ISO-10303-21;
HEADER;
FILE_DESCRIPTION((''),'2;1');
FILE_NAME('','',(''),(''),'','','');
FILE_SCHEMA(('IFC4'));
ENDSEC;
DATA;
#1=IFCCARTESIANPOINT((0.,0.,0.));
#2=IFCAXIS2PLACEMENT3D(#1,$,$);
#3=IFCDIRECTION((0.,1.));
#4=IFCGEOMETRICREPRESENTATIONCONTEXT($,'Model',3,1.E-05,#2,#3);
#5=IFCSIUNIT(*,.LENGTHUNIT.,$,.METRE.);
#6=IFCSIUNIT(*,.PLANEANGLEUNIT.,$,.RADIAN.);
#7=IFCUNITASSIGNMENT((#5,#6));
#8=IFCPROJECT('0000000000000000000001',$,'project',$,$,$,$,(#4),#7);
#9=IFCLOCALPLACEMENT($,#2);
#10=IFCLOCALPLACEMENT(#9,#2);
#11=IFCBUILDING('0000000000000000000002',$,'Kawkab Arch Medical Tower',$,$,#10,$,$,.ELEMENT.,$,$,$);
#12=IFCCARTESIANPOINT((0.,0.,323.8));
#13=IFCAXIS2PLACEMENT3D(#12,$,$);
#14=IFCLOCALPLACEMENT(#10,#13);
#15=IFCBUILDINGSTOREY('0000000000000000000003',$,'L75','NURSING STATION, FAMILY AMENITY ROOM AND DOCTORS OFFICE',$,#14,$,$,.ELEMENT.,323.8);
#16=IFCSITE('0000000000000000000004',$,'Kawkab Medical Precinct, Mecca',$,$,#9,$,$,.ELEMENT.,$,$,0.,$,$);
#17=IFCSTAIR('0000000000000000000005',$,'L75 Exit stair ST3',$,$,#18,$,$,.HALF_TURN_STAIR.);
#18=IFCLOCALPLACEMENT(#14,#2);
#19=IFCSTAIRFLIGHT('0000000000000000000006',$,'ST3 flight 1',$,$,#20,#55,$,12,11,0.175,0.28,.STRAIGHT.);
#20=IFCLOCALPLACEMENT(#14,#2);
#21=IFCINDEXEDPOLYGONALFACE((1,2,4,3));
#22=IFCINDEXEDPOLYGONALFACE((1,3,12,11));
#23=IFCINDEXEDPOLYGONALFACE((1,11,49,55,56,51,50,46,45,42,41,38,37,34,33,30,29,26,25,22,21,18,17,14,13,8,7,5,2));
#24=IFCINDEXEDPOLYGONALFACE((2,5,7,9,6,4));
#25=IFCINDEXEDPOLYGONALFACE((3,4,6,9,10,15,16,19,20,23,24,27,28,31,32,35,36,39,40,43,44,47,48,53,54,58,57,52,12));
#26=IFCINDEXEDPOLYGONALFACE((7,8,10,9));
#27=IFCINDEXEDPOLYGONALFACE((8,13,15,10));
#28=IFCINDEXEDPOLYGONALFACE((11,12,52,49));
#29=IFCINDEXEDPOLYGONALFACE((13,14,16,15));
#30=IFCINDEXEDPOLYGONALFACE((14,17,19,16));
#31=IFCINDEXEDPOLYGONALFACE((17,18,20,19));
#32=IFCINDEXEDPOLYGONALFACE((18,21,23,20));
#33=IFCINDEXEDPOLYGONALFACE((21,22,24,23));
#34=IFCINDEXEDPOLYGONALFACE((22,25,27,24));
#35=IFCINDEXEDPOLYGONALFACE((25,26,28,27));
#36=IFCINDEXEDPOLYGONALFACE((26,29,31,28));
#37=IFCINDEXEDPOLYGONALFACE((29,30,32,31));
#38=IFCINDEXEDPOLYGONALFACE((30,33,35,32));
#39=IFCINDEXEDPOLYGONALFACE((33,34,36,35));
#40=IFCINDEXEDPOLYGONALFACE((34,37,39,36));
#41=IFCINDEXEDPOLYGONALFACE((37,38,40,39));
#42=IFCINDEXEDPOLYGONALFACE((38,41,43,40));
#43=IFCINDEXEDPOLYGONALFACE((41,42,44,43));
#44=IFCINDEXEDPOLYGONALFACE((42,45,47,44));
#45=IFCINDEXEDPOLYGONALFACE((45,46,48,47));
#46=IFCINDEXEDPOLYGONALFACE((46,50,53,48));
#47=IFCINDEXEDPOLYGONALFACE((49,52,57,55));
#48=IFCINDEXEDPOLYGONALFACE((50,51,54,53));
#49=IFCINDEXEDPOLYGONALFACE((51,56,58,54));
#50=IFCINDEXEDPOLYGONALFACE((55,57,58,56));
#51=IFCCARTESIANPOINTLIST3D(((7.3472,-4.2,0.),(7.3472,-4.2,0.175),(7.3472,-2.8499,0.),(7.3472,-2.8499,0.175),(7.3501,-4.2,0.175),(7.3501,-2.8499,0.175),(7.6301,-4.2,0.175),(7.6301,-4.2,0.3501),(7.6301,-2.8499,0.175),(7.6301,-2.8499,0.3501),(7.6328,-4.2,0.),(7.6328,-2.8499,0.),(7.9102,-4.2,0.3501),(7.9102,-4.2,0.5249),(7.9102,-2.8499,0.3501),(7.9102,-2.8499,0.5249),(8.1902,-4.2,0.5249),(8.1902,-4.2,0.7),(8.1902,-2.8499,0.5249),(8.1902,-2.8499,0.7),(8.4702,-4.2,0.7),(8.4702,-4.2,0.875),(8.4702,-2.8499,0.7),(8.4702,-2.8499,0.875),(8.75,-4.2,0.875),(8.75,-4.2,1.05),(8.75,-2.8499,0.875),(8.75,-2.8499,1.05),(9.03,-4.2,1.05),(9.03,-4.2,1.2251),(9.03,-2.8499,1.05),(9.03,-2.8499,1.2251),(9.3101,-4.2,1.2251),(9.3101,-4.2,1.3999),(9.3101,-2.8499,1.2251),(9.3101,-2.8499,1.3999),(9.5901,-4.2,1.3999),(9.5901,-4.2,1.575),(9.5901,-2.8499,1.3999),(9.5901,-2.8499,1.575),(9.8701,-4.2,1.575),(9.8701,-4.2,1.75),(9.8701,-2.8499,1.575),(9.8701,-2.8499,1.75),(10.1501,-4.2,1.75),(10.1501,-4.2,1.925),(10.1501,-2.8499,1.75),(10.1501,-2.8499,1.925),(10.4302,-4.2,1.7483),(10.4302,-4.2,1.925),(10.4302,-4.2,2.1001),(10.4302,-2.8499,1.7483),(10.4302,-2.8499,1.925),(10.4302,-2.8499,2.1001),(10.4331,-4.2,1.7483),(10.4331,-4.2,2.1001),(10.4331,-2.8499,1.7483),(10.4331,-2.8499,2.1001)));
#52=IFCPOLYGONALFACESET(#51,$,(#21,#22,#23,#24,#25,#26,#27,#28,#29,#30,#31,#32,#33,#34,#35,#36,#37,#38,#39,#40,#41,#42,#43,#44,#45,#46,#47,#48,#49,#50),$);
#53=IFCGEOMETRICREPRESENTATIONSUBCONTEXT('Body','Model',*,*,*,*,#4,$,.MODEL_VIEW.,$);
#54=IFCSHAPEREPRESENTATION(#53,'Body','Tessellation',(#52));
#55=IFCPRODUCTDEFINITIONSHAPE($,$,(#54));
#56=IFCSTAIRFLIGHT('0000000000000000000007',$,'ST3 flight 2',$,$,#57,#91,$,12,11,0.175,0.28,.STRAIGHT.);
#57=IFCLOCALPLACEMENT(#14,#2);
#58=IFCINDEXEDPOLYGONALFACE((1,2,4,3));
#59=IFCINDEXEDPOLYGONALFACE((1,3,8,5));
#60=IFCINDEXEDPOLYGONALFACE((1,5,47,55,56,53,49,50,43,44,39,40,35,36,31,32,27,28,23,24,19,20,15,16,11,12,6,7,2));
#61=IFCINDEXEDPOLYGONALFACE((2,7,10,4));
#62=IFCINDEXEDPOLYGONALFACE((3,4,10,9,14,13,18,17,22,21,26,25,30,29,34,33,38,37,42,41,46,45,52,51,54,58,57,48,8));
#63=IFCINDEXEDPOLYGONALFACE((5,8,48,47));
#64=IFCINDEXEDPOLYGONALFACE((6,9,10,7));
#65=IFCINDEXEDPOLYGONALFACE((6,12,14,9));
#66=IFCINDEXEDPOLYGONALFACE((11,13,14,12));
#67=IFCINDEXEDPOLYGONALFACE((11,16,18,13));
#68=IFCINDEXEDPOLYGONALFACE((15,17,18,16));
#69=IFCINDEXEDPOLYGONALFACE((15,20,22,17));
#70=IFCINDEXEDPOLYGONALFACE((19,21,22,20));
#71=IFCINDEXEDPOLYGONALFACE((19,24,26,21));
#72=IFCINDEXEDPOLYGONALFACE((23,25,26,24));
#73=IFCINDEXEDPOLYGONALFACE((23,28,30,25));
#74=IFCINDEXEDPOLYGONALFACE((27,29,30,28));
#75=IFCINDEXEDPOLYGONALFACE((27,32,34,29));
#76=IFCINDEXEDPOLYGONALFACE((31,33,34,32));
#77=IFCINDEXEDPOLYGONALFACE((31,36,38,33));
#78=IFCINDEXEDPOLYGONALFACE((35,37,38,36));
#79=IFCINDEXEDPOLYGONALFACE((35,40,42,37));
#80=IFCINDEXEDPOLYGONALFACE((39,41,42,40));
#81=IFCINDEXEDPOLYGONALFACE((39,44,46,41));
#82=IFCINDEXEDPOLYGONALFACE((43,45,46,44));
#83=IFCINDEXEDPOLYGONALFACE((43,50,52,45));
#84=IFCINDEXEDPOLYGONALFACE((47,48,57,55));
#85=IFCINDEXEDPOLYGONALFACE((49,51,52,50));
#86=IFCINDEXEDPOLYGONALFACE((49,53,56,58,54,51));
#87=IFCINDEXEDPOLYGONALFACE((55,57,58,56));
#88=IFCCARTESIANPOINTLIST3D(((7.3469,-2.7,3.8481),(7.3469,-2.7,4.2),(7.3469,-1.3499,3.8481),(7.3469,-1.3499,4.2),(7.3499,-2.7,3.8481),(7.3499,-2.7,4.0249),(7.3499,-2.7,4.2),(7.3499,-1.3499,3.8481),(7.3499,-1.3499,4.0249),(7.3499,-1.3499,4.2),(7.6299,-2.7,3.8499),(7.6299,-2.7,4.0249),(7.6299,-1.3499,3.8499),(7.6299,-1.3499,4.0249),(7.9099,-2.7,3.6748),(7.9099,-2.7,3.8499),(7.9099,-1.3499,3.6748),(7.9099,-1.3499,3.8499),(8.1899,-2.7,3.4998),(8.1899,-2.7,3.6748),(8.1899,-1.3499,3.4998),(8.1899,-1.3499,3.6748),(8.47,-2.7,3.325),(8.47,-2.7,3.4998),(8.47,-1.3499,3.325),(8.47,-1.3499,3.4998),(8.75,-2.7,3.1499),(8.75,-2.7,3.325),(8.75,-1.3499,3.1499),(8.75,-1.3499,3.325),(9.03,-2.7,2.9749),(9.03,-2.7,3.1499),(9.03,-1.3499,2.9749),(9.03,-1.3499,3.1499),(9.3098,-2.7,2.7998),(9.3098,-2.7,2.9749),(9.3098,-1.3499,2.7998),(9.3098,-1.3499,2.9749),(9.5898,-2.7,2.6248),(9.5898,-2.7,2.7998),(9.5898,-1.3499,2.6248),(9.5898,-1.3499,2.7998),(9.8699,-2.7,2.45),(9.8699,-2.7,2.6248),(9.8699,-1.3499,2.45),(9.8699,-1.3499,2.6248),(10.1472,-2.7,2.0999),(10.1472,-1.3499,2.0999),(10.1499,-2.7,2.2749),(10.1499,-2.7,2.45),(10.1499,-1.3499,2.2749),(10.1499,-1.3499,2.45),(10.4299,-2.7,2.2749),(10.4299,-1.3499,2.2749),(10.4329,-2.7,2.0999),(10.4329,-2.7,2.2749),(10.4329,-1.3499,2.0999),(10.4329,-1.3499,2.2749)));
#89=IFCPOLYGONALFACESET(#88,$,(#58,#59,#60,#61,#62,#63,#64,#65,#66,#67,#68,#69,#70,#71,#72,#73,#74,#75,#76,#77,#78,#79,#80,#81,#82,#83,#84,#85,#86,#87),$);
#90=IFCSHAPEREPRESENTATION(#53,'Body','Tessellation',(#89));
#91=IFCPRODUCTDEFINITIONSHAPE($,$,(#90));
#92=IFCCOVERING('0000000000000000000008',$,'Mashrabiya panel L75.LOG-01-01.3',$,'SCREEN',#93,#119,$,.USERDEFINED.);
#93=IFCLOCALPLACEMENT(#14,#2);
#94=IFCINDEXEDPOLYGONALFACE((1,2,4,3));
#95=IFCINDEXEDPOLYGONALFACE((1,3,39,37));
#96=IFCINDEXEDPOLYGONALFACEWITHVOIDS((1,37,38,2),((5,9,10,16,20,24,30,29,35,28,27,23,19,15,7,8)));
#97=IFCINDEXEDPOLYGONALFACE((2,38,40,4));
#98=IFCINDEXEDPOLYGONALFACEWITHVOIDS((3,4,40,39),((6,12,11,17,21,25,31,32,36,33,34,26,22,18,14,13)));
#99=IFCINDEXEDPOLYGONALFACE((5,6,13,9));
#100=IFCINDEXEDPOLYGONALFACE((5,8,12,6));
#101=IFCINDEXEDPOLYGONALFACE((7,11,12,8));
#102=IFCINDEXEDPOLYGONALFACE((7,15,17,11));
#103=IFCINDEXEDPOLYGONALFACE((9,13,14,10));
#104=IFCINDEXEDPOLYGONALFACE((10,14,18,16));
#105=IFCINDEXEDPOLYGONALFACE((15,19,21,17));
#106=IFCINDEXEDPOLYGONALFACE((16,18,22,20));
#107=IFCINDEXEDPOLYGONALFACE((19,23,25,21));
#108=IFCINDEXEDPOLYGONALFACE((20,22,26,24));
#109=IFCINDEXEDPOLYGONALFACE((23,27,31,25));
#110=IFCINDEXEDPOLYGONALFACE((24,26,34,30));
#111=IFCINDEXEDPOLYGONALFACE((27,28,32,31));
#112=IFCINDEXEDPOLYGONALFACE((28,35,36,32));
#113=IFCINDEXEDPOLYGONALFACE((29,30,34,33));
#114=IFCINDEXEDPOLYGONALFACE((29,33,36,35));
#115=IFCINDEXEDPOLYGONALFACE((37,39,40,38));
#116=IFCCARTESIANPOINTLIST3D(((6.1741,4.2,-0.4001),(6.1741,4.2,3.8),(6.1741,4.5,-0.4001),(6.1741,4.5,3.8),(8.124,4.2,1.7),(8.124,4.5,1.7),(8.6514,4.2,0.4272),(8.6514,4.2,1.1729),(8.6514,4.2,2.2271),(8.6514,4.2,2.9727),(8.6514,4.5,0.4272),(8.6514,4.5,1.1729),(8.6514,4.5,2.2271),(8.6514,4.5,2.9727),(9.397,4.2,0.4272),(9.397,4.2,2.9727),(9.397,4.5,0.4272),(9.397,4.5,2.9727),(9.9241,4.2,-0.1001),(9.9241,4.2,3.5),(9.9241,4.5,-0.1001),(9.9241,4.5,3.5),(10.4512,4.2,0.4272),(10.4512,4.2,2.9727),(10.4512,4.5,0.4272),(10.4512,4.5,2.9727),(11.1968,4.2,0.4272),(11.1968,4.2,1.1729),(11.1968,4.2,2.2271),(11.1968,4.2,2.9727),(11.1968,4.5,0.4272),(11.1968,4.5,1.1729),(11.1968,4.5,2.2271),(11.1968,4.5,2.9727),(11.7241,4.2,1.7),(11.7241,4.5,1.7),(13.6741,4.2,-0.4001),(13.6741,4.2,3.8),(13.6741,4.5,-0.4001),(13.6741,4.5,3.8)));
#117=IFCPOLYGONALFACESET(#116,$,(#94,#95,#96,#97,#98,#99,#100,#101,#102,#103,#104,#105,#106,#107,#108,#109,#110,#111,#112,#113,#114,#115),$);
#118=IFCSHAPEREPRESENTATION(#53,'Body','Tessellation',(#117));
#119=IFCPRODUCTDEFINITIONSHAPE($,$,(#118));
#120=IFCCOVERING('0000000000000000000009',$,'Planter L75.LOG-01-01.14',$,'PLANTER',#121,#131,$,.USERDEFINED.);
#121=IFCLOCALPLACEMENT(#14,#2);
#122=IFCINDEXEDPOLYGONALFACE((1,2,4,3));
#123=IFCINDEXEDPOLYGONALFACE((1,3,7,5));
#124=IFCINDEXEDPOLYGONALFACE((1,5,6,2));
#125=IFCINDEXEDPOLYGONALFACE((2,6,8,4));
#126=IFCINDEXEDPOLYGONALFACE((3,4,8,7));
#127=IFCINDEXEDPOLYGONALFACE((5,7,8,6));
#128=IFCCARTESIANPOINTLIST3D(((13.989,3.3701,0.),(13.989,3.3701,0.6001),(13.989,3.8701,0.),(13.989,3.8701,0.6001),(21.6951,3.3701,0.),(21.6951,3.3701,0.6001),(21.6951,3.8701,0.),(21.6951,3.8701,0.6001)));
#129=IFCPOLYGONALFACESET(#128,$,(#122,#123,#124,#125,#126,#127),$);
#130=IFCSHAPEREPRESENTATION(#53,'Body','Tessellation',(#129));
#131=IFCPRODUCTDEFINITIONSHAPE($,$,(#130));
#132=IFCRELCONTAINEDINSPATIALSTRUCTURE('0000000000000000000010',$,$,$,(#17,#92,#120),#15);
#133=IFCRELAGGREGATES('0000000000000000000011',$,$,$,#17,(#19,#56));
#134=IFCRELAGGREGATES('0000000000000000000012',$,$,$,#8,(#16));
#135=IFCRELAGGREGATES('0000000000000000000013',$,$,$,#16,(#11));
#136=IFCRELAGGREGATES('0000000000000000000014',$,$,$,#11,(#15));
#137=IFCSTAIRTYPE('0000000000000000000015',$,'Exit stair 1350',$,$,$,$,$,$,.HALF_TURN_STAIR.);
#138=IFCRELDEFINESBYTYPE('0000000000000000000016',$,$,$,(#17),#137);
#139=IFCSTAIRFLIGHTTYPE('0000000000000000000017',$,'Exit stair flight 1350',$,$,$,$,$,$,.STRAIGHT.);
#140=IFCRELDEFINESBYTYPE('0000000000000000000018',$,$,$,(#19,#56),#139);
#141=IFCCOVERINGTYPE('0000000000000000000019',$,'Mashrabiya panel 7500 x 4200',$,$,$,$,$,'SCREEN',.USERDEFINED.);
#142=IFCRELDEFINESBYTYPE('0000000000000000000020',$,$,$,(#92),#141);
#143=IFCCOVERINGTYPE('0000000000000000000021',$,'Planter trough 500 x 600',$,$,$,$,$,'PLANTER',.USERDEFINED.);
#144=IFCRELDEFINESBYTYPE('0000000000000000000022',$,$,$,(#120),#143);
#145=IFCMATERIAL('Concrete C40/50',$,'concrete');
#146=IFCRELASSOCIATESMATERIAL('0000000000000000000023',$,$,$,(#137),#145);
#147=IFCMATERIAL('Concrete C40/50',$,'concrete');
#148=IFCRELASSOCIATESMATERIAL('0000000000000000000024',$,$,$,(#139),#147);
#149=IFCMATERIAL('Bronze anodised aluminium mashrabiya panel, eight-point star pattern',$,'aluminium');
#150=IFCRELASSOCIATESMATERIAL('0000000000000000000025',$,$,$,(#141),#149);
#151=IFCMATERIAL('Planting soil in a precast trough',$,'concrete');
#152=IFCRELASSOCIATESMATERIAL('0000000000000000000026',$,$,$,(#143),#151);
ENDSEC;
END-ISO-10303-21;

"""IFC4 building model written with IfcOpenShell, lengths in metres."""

from ifc_helpers import new_model, si_unit, direction, frame, origin, origin_2d, place, context, subcontext, project, spatial, polyline, rectangle, outline, extrude, material, material_profile, profile_set, type_object, element, aggregate, save


model = new_model("IFC4")

# Units and contexts
model_context = context("Model", 3, precision=1e-05, world=origin(), true_north=direction((0.0, 1.0)))
body_context = subcontext(model_context, "Body", "Model", "MODEL_VIEW")
ifc_project = project(units=[si_unit("LENGTHUNIT", "METRE"), si_unit("PLANEANGLEUNIT", "RADIAN")], contexts=[model_context])

# Site, building, storey
site_placement = place(None, origin())
site = spatial("IfcSite", under=ifc_project, at=site_placement, Name="Kawkab Medical Precinct, Mecca", CompositionType="ELEMENT", RefElevation=0.0)
building_placement = place(site_placement, origin())
building = spatial("IfcBuilding", under=site, at=building_placement, Name="Kawkab Arch Medical Tower", CompositionType="ELEMENT")
storey_placement = place(building_placement, frame((0.0, 0.0, 323.8)))
storey = spatial("IfcBuildingStorey", under=building, at=storey_placement, Name="L75", Description="NURSING STATION, FAMILY AMENITY ROOM AND DOCTORS OFFICE", CompositionType="ELEMENT", Elevation=323.8)

# Shared definitions
placement = place(storey_placement, origin())

# Stair, stair flights
ifc_material_1 = material(Name="Concrete C40/50", Category="concrete")
stair_type = type_object("IfcStairType", Name="Exit stair 1350", PredefinedType="HALF_TURN_STAIR", material=ifc_material_1)
stair = element("IfcStair", 1, at=placement, inside=storey, type_object=stair_type, Name="L75 Exit stair ST3", PredefinedType="HALF_TURN_STAIR")
ifc_material_2 = material(Name="Concrete C40/50", Category="concrete")
stair_flight_type = type_object("IfcStairFlightType", Name="Exit stair flight 1350", PredefinedType="STRAIGHT", material=ifc_material_2)
stair_flight_1_placement = place(storey_placement, frame((7.3501, -3.5249, 0.0), z_axis=(0.0, 0.0, 1.0), x_axis=(1.0, 0.0, 0.0)))
stair_flight_1 = element("IfcStairFlight", 2, at=stair_flight_1_placement, type_object=stair_flight_type, Name="ST3 flight 1", NumberOfRisers=12, NumberOfTreads=11, PredefinedType="STRAIGHT", RiserHeight=0.175, TreadLength=0.28, context=body_context, shape_type="SweptSolid", body=[
    extrude(outline(polyline([(-0.0029, 0.0), (-0.0029, 0.175), (0.0, 0.175), (0.28, 0.175), (0.28, 0.3501), (0.5601, 0.3501), (0.5601, 0.5249), (0.8401, 0.5249), (0.8401, 0.7), (1.1201, 0.7), (1.1201, 0.875), (1.3999, 0.875), (1.3999, 1.05), (1.6799, 1.05), (1.6799, 1.2251), (1.96, 1.2251), (1.96, 1.3999), (2.24, 1.3999), (2.24, 1.575), (2.52, 1.575), (2.52, 1.75), (2.8, 1.75), (2.8, 1.925), (3.0801, 1.925), (3.0801, 2.1001), (3.083, 2.1001), (3.083, 1.7483), (3.0801, 1.7483), (0.2827, 0.0), (-0.0029, 0.0)])), frame((0.0, 0.675, 0.0), z_axis=(0.0, -1.0, 0.0), x_axis=(1.0, 0.0, 0.0)), (0.0, 0.0, 1.0), 1.3501),
])
stair_flight_2_placement = place(storey_placement, frame((10.4299, -2.0249, 2.0999), z_axis=(0.0, 0.0, 1.0), x_axis=(-1.0, 0.0, 0.0)))
stair_flight_2 = element("IfcStairFlight", 3, at=stair_flight_2_placement, type_object=stair_flight_type, Name="ST3 flight 2", NumberOfRisers=12, NumberOfTreads=11, PredefinedType="STRAIGHT", RiserHeight=0.175, TreadLength=0.28, context=body_context, shape_type="SweptSolid", body=[
    extrude(outline(polyline([(-0.0029, 0.0), (-0.0029, 0.175), (0.0, 0.175), (0.28, 0.175), (0.28, 0.3501), (0.5601, 0.3501), (0.5601, 0.5249), (0.8401, 0.5249), (0.8401, 0.7), (1.1201, 0.7), (1.1201, 0.875), (1.3999, 0.875), (1.3999, 1.05), (1.6799, 1.05), (1.6799, 1.2251), (1.96, 1.2251), (1.96, 1.3999), (2.24, 1.3999), (2.24, 1.575), (2.52, 1.575), (2.52, 1.75), (2.8, 1.75), (2.8, 1.925), (3.0801, 1.925), (3.0801, 2.1001), (3.083, 2.1001), (3.083, 1.7483), (3.0801, 1.7483), (0.2827, 0.0), (-0.0029, 0.0)])), frame((0.0, 0.675, 0.0), z_axis=(0.0, -1.0, 0.0), x_axis=(1.0, 0.0, 0.0)), (0.0, 0.0, 1.0), 1.3501),
])
aggregate(stair, [stair_flight_1, stair_flight_2])

# Coverings
ifc_material_3 = material(Name="Bronze anodised aluminium mashrabiya panel, eight-point star pattern", Category="aluminium")
ifc_material_profile_1 = material_profile(ifc_material_3, outline(polyline([(-3.75, -2.1001), (3.75, -2.1001), (3.75, 2.1001), (-3.75, 2.1001), (-3.75, -2.1001)]), holes=[polyline([(1.8, 0.0), (1.2727, 0.5271), (1.2727, 1.2727), (0.5271, 1.2727), (0.0, 1.8), (-0.5271, 1.2727), (-1.2727, 1.2727), (-1.2727, 0.5271), (-1.8, 0.0), (-1.2727, -0.5271), (-1.2727, -1.2727), (-0.5271, -1.2727), (0.0, -1.8), (0.5271, -1.2727), (1.2727, -1.2727), (1.2727, -0.5271), (1.8, 0.0)])]), Name="Mashrabiya panel 7500x4200")
ifc_profile_set_1 = profile_set([ifc_material_profile_1], Name="Bronze anodised aluminium mashrabiya panel, eight-point star pattern")
covering_type_1 = type_object("IfcCoveringType", Name="Mashrabiya panel 7500 x 4200", ElementType="SCREEN", PredefinedType="USERDEFINED", material=ifc_profile_set_1)
covering_1_placement = place(storey_placement, frame((9.9241, 4.2, 1.7), z_axis=(0.0, 1.0, 0.0), x_axis=(-1.0, 0.0, 0.0)))
element("IfcCovering", 4, at=covering_1_placement, inside=storey, type_object=covering_type_1, Name="Mashrabiya panel L75.LOG-01-01.3", ObjectType="SCREEN", PredefinedType="USERDEFINED", context=body_context, shape_type="SweptSolid", body=[
    extrude(outline(polyline([(-3.75, -2.1001), (3.75, -2.1001), (3.75, 2.1001), (-3.75, 2.1001), (-3.75, -2.1001)]), holes=[polyline([(1.8, 0.0), (1.2727, 0.5271), (1.2727, 1.2727), (0.5271, 1.2727), (0.0, 1.8), (-0.5271, 1.2727), (-1.2727, 1.2727), (-1.2727, 0.5271), (-1.8, 0.0), (-1.2727, -0.5271), (-1.2727, -1.2727), (-0.5271, -1.2727), (0.0, -1.8), (0.5271, -1.2727), (1.2727, -1.2727), (1.2727, -0.5271), (1.8, 0.0)])]), origin(), (0.0, 0.0, 1.0), 0.3),
])
ifc_material_4 = material(Name="Planting soil in a precast trough", Category="concrete")
ifc_material_profile_2 = material_profile(ifc_material_4, rectangle(XDim=0.5, YDim=0.6001, at=origin_2d()), Name="Trough 500x600")
ifc_profile_set_2 = profile_set([ifc_material_profile_2], Name="Planting soil in a precast trough")
covering_type_2 = type_object("IfcCoveringType", Name="Planter trough 500 x 600", ElementType="PLANTER", PredefinedType="USERDEFINED", material=ifc_profile_set_2)
covering_2_placement = place(storey_placement, frame((13.989, 3.6201, 0.3), z_axis=(1.0, 0.0, 0.0), x_axis=(0.0, 1.0, 0.0)))
element("IfcCovering", 5, at=covering_2_placement, inside=storey, type_object=covering_type_2, Name="Planter L75.LOG-01-01.14", ObjectType="PLANTER", PredefinedType="USERDEFINED", context=body_context, shape_type="SweptSolid", body=[
    extrude(rectangle(XDim=0.5, YDim=0.6001, at=origin_2d()), origin(), (0.0, 0.0, 1.0), 7.7061),
])

save(model, "model.ifc")
